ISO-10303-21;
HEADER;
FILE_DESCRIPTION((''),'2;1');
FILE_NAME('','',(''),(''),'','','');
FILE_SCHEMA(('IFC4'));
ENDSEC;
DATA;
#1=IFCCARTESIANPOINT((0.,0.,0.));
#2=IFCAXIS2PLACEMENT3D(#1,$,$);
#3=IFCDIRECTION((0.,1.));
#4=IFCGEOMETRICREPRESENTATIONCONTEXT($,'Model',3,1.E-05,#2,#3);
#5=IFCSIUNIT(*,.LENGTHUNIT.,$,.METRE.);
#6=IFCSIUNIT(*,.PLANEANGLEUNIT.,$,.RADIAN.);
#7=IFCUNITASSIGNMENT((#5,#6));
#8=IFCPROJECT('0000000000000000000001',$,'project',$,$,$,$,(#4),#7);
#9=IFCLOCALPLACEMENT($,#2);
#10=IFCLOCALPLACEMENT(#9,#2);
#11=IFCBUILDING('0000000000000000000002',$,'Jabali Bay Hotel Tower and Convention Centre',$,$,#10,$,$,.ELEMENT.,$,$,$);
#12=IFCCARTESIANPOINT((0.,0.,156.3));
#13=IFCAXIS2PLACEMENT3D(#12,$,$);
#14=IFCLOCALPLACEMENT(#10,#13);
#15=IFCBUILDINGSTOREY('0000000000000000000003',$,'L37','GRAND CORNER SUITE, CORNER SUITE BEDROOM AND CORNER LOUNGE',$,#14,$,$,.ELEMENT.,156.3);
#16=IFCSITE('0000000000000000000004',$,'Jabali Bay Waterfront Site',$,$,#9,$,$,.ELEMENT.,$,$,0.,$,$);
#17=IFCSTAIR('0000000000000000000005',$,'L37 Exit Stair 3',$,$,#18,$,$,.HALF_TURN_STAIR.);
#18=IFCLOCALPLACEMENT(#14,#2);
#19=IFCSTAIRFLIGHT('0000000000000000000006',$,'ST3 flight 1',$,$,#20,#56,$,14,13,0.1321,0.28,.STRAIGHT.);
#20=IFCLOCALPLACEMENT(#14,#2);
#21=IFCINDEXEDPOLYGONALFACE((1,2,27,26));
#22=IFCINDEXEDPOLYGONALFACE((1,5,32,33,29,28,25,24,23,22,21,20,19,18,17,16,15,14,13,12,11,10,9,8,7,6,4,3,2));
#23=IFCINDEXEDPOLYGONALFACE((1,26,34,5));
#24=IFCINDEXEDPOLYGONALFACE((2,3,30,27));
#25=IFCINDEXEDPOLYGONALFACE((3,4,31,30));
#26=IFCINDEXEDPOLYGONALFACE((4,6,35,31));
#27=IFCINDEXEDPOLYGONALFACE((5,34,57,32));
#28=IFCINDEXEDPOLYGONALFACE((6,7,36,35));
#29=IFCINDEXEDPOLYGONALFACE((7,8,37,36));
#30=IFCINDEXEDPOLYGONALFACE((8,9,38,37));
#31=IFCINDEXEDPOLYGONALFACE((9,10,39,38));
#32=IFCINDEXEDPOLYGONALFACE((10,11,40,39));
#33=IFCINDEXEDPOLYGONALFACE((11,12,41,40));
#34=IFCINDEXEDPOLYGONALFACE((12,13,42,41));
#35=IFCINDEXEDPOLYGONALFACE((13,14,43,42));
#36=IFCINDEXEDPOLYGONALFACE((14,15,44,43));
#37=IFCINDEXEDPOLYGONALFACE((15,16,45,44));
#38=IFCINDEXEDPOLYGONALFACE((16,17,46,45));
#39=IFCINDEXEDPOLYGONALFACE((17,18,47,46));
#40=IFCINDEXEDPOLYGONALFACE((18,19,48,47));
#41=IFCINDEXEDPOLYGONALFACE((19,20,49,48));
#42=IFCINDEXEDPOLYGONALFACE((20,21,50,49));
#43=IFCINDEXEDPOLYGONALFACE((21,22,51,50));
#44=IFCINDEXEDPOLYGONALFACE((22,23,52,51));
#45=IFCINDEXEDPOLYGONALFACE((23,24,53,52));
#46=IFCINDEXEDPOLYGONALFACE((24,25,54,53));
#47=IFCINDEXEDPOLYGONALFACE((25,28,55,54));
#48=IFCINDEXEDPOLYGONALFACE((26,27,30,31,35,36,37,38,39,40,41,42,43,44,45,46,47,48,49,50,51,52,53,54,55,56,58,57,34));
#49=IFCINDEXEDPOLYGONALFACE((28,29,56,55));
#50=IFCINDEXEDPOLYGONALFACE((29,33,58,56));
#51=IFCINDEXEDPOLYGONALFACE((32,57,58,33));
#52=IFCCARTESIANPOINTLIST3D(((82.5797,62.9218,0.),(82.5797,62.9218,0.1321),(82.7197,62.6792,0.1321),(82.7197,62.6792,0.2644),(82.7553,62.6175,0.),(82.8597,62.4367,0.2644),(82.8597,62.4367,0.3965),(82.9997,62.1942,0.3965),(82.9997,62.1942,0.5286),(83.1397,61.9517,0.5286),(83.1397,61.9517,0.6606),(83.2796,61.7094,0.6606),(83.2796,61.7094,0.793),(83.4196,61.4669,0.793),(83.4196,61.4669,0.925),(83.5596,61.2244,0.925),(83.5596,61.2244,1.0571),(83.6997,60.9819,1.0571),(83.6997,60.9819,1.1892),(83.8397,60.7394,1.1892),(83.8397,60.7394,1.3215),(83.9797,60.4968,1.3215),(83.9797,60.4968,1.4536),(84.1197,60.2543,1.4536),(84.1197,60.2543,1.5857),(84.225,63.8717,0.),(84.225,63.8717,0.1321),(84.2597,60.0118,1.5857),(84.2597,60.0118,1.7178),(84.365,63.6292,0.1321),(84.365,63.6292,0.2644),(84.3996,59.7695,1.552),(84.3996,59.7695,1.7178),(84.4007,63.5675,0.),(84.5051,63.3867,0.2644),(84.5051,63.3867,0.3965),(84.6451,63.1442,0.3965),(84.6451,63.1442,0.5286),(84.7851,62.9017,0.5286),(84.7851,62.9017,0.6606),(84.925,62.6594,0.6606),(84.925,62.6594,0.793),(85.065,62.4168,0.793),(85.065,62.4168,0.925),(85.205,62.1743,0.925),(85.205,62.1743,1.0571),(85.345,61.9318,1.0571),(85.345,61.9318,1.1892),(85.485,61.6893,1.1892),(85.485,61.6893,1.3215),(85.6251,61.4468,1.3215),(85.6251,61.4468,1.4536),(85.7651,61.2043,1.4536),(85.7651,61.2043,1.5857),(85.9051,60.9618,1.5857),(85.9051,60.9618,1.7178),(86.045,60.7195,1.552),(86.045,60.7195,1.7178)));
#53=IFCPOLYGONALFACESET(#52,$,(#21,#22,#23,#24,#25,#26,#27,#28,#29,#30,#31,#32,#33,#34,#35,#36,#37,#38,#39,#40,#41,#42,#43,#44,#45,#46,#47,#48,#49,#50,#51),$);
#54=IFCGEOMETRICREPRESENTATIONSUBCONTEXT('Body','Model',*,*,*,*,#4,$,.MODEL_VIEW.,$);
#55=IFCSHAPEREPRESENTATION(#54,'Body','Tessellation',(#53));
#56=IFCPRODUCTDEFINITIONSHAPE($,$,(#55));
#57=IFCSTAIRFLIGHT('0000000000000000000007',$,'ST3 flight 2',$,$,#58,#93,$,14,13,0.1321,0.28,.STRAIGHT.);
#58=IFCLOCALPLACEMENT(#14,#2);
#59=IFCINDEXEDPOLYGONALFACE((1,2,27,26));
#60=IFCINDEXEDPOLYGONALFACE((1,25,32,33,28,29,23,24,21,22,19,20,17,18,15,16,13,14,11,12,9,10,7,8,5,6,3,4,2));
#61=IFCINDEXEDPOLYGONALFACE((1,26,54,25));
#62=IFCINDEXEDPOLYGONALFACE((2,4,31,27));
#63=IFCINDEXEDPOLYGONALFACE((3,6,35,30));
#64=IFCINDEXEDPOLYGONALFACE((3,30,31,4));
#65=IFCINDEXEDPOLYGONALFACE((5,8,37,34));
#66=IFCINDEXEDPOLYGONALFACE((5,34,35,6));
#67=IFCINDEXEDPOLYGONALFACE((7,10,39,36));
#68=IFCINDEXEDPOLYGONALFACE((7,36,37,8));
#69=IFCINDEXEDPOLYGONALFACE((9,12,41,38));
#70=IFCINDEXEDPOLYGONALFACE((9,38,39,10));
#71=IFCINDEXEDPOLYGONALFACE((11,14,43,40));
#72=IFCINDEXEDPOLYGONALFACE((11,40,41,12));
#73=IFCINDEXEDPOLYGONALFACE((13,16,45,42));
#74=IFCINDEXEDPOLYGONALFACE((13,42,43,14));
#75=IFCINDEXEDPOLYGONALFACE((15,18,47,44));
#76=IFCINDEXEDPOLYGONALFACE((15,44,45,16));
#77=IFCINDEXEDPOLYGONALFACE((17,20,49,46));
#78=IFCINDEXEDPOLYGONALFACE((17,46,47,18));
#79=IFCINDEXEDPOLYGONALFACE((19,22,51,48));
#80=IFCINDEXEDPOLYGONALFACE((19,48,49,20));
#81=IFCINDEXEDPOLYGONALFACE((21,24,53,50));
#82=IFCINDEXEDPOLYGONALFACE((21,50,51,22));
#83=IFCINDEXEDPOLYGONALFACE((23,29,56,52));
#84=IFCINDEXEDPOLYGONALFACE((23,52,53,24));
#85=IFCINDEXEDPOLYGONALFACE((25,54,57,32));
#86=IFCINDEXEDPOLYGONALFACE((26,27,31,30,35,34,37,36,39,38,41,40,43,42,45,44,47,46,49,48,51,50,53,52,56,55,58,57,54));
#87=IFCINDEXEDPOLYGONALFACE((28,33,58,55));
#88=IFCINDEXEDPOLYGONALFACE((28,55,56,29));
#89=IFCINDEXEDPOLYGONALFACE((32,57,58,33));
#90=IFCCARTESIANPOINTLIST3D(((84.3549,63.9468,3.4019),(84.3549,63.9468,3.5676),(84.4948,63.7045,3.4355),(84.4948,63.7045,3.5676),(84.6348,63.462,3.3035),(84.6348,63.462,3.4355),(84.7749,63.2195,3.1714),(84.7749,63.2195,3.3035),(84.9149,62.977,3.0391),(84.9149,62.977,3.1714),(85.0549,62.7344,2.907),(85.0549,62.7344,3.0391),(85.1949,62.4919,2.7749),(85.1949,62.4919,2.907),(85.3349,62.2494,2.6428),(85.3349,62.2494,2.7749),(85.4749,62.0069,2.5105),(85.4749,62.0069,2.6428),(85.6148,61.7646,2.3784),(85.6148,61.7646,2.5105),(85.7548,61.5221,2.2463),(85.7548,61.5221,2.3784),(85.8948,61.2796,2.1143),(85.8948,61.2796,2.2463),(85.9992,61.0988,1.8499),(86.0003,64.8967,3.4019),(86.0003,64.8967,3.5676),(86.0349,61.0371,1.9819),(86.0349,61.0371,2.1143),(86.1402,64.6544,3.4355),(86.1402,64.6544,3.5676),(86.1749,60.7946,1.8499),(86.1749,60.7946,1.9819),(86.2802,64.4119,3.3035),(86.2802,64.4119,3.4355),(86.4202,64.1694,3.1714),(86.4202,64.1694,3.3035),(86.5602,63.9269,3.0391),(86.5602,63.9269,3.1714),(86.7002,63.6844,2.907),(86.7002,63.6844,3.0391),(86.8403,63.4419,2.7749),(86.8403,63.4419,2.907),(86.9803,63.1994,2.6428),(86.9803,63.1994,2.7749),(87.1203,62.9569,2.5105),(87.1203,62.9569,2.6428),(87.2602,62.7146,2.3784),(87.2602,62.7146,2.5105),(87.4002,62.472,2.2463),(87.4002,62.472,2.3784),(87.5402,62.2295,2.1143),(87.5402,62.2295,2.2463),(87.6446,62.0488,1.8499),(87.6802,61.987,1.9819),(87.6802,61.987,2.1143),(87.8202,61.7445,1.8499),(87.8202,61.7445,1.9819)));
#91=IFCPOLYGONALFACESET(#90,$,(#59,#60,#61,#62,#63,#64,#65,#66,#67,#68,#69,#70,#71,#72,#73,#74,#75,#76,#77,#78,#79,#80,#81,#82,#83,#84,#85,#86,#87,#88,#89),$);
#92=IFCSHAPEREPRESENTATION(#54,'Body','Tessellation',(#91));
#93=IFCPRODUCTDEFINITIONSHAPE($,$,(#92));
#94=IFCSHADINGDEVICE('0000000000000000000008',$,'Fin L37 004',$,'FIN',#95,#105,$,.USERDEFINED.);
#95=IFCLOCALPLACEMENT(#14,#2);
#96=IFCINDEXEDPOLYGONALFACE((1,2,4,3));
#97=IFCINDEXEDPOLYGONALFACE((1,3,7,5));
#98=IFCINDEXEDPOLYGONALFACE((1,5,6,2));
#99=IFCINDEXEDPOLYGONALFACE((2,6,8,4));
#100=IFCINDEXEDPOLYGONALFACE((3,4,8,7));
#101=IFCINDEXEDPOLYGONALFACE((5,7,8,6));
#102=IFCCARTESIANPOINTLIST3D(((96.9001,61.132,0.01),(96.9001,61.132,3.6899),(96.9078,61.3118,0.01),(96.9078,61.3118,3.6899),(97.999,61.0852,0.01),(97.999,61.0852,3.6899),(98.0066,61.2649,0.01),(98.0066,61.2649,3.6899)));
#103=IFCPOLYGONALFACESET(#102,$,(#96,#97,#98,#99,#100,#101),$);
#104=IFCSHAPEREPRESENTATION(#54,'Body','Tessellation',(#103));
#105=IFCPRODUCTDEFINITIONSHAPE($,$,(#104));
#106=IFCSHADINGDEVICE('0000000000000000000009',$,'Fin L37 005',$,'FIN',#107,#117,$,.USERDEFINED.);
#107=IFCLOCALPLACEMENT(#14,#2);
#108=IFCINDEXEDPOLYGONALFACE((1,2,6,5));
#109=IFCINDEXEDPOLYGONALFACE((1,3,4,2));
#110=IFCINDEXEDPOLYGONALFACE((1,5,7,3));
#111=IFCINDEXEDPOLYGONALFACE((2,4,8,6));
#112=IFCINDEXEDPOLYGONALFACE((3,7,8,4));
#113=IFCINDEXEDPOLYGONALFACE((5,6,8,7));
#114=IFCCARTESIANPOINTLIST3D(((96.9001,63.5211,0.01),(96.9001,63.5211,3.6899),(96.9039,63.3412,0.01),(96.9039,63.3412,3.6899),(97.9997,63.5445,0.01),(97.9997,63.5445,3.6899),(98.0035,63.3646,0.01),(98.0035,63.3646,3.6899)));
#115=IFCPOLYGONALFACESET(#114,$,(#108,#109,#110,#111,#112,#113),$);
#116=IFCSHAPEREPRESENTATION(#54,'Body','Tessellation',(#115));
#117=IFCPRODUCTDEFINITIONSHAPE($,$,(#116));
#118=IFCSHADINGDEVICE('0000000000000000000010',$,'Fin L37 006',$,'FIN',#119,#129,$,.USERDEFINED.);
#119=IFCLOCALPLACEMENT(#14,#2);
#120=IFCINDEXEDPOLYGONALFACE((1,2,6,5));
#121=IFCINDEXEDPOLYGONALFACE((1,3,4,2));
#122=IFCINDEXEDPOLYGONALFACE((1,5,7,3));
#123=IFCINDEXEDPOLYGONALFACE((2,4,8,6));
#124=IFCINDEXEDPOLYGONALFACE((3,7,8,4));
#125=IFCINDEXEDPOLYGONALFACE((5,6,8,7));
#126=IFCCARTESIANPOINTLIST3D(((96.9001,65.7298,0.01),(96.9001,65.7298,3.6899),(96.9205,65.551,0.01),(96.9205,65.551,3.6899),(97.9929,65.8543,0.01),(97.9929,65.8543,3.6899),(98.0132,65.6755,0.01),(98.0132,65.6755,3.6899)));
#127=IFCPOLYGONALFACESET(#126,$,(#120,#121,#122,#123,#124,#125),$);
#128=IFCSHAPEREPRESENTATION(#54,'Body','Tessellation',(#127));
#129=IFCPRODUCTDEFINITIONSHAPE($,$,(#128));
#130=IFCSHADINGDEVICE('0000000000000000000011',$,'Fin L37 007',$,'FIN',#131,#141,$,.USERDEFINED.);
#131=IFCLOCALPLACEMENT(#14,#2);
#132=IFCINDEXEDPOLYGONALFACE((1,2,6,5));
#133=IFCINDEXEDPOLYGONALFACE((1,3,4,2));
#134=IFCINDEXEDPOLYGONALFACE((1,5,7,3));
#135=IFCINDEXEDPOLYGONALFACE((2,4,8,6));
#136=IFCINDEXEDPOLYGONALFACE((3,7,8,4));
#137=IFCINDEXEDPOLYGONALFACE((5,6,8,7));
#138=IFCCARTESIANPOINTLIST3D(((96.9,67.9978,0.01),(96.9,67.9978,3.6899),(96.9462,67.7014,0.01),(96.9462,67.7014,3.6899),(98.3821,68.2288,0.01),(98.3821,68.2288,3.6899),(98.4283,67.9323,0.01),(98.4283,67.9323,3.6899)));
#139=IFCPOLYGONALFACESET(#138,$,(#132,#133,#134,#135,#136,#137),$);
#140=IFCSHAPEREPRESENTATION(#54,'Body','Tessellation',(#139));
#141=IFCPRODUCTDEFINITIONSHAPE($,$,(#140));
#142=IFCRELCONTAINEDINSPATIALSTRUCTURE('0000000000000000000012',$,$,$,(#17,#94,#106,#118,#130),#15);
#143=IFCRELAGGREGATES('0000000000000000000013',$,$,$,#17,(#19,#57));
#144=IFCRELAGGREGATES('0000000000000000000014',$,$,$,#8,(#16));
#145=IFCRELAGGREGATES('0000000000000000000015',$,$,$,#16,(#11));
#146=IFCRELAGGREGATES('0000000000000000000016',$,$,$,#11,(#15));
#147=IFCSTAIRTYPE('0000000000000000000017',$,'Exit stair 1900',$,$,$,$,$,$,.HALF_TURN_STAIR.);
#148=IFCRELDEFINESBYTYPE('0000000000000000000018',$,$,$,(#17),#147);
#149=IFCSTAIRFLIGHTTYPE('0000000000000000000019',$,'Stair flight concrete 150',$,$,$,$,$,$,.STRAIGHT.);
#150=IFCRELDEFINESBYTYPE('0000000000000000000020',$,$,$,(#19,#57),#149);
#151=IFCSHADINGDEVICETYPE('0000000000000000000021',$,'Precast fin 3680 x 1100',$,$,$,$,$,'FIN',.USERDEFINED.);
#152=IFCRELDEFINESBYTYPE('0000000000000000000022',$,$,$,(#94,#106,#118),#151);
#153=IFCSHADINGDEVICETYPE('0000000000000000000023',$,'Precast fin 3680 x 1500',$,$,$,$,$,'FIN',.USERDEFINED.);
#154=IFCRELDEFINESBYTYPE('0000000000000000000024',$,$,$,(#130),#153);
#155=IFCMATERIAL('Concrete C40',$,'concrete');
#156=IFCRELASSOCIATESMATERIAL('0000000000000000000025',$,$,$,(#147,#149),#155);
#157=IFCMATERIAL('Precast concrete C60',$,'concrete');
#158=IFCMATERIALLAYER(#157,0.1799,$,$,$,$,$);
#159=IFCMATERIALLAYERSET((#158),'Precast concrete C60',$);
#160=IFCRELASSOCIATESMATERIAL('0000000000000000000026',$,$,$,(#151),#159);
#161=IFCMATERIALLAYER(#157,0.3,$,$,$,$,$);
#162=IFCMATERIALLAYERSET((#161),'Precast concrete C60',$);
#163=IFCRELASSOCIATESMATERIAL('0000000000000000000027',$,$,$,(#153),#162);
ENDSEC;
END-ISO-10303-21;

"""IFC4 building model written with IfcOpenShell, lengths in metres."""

from ifc_helpers import new_model, si_unit, direction, frame, frame_2d, origin, place, context, subcontext, project, spatial, polyline, rectangle, outline, extrude, material, layer, layer_set, type_object, element, aggregate, save


model = new_model("IFC4")

# Units and contexts
model_context = context("Model", 3, precision=1e-05, world=origin(), true_north=direction((0.0, 1.0)))
body_context = subcontext(model_context, "Body", "Model", "MODEL_VIEW")
ifc_project = project(units=[si_unit("LENGTHUNIT", "METRE"), si_unit("PLANEANGLEUNIT", "RADIAN")], contexts=[model_context])

# Site, building, storey
site_placement = place(None, origin())
site = spatial("IfcSite", under=ifc_project, at=site_placement, Name="Jabali Bay Waterfront Site", CompositionType="ELEMENT", RefElevation=0.0)
building_placement = place(site_placement, origin())
building = spatial("IfcBuilding", under=site, at=building_placement, Name="Jabali Bay Hotel Tower and Convention Centre", CompositionType="ELEMENT")
storey_placement = place(building_placement, frame((0.0, 0.0, 156.3)))
storey = spatial("IfcBuildingStorey", under=building, at=storey_placement, Name="L37", Description="GRAND CORNER SUITE, CORNER SUITE BEDROOM AND CORNER LOUNGE", CompositionType="ELEMENT", Elevation=156.3)

# Shared definitions
ifc_material_1 = material(Name="Concrete C40", Category="concrete")

# Stair, stair flights
stair_type = type_object("IfcStairType", Name="Exit stair 1900", PredefinedType="HALF_TURN_STAIR", material=ifc_material_1)
stair_placement = place(storey_placement, origin())
stair = element("IfcStair", 1, at=stair_placement, inside=storey, type_object=stair_type, Name="L37 Exit Stair 3", PredefinedType="HALF_TURN_STAIR")
stair_flight_type = type_object("IfcStairFlightType", Name="Stair flight concrete 150", PredefinedType="STRAIGHT", material=ifc_material_1)
stair_flight_1_placement = place(storey_placement, frame((83.4023, 63.3967, 0.0), z_axis=(0.0, 0.0, 1.0), x_axis=(0.5, -0.866025, 0.0)))
stair_flight_1 = element("IfcStairFlight", 2, at=stair_flight_1_placement, type_object=stair_flight_type, Name="ST3 flight 1", NumberOfRisers=14, NumberOfTreads=13, PredefinedType="STRAIGHT", RiserHeight=0.1321, TreadLength=0.28, context=body_context, shape_type="SweptSolid", body=[
    extrude(outline(polyline([(0.0, 0.0), (0.0, 0.1321), (0.28, 0.1321), (0.28, 0.2644), (0.5601, 0.2644), (0.5601, 0.3965), (0.8401, 0.3965), (0.8401, 0.5286), (1.1201, 0.5286), (1.1201, 0.6606), (1.3999, 0.6606), (1.3999, 0.793), (1.6799, 0.793), (1.6799, 0.925), (1.96, 0.925), (1.96, 1.0571), (2.24, 1.0571), (2.24, 1.1892), (2.52, 1.1892), (2.52, 1.3215), (2.8, 1.3215), (2.8, 1.4536), (3.0801, 1.4536), (3.0801, 1.5857), (3.3601, 1.5857), (3.3601, 1.7178), (3.6399, 1.7178), (3.6399, 1.8501), (3.6399, 1.552), (0.3513, 0.0), (0.0, 0.0)])), frame((0.0, 0.95, 0.0), z_axis=(0.0, -1.0, 0.0), x_axis=(1.0, 0.0, 0.0)), (0.0, 0.0, 1.0), 1.8999),
])
stair_flight_2_placement = place(storey_placement, frame((86.9976, 61.2695, 1.8499), z_axis=(0.0, 0.0, 1.0), x_axis=(-0.5, 0.866025, 0.0)))
stair_flight_2 = element("IfcStairFlight", 3, at=stair_flight_2_placement, type_object=stair_flight_type, Name="ST3 flight 2", NumberOfRisers=14, NumberOfTreads=13, PredefinedType="STRAIGHT", RiserHeight=0.1321, TreadLength=0.28, context=body_context, shape_type="SweptSolid", body=[
    extrude(outline(polyline([(0.0, 0.0), (0.0, 0.1321), (0.28, 0.1321), (0.28, 0.2644), (0.5601, 0.2644), (0.5601, 0.3965), (0.8401, 0.3965), (0.8401, 0.5286), (1.1201, 0.5286), (1.1201, 0.6606), (1.3999, 0.6606), (1.3999, 0.793), (1.6799, 0.793), (1.6799, 0.925), (1.96, 0.925), (1.96, 1.0571), (2.24, 1.0571), (2.24, 1.1892), (2.52, 1.1892), (2.52, 1.3215), (2.8, 1.3215), (2.8, 1.4536), (3.0801, 1.4536), (3.0801, 1.5857), (3.3601, 1.5857), (3.3601, 1.7178), (3.6399, 1.7178), (3.6399, 1.8501), (3.6399, 1.552), (0.3513, 0.0), (0.0, 0.0)])), frame((0.0, 0.95, 0.0), z_axis=(0.0, -1.0, 0.0), x_axis=(1.0, 0.0, 0.0)), (0.0, 0.0, 1.0), 1.8999),
])
aggregate(stair, [stair_flight_1, stair_flight_2])

# Shading devices
ifc_material_2 = material(Name="Precast concrete C60", Category="concrete")
ifc_layer_1 = layer(ifc_material_2, 0.1799)
ifc_layer_set_1 = layer_set([ifc_layer_1], Name="Precast concrete C60")
shading_device_type_1 = type_object("IfcShadingDeviceType", Name="Precast fin 3680 x 1100", ElementType="FIN", PredefinedType="USERDEFINED", material=ifc_layer_set_1)
for number, where, z_axis, x_axis, name in (
    (4, (96.9041, 61.2219, 0.01), (0.0, 0.0, 1.0), (0.999091, -0.042618, 0.0), "Fin L37 004"),
    (5, (96.9021, 63.4312, 0.01), (0.0, 0.0, 1.0), (0.999773, 0.02131, 0.0), "Fin L37 005"),
    (6, (96.9104, 65.6404, 0.01), (0.0, 0.0, 1.0), (0.993571, 0.113209, 0.0), "Fin L37 006"),
):
    element("IfcShadingDevice", number, at=place(storey_placement, frame(where, z_axis=z_axis, x_axis=x_axis)), inside=storey, type_object=shading_device_type_1, Name=name, ObjectType="FIN", PredefinedType="USERDEFINED", context=body_context, shape_type="SweptSolid", body=[
        extrude(rectangle(XDim=1.0999, YDim=0.1799, at=frame_2d((0.5498, 0.0))), origin(), (0.0, 0.0, 1.0), 3.6799),
    ])
ifc_layer_2 = layer(ifc_material_2, 0.3)
ifc_layer_set_2 = layer_set([ifc_layer_2], Name="Precast concrete C60")
shading_device_type_2 = type_object("IfcShadingDeviceType", Name="Precast fin 3680 x 1500", ElementType="FIN", PredefinedType="USERDEFINED", material=ifc_layer_set_2)
shading_device_placement = place(storey_placement, frame((96.9231, 67.8496, 0.01), z_axis=(0.0, 0.0, 1.0), x_axis=(0.988076, 0.153965, 0.0)))
element("IfcShadingDevice", 7, at=shading_device_placement, inside=storey, type_object=shading_device_type_2, Name="Fin L37 007", ObjectType="FIN", PredefinedType="USERDEFINED", context=body_context, shape_type="SweptSolid", body=[
    extrude(rectangle(XDim=1.5, YDim=0.3, at=frame_2d((0.75, 0.0))), origin(), (0.0, 0.0, 1.0), 3.6799),
])

save(model, "model.ifc")
